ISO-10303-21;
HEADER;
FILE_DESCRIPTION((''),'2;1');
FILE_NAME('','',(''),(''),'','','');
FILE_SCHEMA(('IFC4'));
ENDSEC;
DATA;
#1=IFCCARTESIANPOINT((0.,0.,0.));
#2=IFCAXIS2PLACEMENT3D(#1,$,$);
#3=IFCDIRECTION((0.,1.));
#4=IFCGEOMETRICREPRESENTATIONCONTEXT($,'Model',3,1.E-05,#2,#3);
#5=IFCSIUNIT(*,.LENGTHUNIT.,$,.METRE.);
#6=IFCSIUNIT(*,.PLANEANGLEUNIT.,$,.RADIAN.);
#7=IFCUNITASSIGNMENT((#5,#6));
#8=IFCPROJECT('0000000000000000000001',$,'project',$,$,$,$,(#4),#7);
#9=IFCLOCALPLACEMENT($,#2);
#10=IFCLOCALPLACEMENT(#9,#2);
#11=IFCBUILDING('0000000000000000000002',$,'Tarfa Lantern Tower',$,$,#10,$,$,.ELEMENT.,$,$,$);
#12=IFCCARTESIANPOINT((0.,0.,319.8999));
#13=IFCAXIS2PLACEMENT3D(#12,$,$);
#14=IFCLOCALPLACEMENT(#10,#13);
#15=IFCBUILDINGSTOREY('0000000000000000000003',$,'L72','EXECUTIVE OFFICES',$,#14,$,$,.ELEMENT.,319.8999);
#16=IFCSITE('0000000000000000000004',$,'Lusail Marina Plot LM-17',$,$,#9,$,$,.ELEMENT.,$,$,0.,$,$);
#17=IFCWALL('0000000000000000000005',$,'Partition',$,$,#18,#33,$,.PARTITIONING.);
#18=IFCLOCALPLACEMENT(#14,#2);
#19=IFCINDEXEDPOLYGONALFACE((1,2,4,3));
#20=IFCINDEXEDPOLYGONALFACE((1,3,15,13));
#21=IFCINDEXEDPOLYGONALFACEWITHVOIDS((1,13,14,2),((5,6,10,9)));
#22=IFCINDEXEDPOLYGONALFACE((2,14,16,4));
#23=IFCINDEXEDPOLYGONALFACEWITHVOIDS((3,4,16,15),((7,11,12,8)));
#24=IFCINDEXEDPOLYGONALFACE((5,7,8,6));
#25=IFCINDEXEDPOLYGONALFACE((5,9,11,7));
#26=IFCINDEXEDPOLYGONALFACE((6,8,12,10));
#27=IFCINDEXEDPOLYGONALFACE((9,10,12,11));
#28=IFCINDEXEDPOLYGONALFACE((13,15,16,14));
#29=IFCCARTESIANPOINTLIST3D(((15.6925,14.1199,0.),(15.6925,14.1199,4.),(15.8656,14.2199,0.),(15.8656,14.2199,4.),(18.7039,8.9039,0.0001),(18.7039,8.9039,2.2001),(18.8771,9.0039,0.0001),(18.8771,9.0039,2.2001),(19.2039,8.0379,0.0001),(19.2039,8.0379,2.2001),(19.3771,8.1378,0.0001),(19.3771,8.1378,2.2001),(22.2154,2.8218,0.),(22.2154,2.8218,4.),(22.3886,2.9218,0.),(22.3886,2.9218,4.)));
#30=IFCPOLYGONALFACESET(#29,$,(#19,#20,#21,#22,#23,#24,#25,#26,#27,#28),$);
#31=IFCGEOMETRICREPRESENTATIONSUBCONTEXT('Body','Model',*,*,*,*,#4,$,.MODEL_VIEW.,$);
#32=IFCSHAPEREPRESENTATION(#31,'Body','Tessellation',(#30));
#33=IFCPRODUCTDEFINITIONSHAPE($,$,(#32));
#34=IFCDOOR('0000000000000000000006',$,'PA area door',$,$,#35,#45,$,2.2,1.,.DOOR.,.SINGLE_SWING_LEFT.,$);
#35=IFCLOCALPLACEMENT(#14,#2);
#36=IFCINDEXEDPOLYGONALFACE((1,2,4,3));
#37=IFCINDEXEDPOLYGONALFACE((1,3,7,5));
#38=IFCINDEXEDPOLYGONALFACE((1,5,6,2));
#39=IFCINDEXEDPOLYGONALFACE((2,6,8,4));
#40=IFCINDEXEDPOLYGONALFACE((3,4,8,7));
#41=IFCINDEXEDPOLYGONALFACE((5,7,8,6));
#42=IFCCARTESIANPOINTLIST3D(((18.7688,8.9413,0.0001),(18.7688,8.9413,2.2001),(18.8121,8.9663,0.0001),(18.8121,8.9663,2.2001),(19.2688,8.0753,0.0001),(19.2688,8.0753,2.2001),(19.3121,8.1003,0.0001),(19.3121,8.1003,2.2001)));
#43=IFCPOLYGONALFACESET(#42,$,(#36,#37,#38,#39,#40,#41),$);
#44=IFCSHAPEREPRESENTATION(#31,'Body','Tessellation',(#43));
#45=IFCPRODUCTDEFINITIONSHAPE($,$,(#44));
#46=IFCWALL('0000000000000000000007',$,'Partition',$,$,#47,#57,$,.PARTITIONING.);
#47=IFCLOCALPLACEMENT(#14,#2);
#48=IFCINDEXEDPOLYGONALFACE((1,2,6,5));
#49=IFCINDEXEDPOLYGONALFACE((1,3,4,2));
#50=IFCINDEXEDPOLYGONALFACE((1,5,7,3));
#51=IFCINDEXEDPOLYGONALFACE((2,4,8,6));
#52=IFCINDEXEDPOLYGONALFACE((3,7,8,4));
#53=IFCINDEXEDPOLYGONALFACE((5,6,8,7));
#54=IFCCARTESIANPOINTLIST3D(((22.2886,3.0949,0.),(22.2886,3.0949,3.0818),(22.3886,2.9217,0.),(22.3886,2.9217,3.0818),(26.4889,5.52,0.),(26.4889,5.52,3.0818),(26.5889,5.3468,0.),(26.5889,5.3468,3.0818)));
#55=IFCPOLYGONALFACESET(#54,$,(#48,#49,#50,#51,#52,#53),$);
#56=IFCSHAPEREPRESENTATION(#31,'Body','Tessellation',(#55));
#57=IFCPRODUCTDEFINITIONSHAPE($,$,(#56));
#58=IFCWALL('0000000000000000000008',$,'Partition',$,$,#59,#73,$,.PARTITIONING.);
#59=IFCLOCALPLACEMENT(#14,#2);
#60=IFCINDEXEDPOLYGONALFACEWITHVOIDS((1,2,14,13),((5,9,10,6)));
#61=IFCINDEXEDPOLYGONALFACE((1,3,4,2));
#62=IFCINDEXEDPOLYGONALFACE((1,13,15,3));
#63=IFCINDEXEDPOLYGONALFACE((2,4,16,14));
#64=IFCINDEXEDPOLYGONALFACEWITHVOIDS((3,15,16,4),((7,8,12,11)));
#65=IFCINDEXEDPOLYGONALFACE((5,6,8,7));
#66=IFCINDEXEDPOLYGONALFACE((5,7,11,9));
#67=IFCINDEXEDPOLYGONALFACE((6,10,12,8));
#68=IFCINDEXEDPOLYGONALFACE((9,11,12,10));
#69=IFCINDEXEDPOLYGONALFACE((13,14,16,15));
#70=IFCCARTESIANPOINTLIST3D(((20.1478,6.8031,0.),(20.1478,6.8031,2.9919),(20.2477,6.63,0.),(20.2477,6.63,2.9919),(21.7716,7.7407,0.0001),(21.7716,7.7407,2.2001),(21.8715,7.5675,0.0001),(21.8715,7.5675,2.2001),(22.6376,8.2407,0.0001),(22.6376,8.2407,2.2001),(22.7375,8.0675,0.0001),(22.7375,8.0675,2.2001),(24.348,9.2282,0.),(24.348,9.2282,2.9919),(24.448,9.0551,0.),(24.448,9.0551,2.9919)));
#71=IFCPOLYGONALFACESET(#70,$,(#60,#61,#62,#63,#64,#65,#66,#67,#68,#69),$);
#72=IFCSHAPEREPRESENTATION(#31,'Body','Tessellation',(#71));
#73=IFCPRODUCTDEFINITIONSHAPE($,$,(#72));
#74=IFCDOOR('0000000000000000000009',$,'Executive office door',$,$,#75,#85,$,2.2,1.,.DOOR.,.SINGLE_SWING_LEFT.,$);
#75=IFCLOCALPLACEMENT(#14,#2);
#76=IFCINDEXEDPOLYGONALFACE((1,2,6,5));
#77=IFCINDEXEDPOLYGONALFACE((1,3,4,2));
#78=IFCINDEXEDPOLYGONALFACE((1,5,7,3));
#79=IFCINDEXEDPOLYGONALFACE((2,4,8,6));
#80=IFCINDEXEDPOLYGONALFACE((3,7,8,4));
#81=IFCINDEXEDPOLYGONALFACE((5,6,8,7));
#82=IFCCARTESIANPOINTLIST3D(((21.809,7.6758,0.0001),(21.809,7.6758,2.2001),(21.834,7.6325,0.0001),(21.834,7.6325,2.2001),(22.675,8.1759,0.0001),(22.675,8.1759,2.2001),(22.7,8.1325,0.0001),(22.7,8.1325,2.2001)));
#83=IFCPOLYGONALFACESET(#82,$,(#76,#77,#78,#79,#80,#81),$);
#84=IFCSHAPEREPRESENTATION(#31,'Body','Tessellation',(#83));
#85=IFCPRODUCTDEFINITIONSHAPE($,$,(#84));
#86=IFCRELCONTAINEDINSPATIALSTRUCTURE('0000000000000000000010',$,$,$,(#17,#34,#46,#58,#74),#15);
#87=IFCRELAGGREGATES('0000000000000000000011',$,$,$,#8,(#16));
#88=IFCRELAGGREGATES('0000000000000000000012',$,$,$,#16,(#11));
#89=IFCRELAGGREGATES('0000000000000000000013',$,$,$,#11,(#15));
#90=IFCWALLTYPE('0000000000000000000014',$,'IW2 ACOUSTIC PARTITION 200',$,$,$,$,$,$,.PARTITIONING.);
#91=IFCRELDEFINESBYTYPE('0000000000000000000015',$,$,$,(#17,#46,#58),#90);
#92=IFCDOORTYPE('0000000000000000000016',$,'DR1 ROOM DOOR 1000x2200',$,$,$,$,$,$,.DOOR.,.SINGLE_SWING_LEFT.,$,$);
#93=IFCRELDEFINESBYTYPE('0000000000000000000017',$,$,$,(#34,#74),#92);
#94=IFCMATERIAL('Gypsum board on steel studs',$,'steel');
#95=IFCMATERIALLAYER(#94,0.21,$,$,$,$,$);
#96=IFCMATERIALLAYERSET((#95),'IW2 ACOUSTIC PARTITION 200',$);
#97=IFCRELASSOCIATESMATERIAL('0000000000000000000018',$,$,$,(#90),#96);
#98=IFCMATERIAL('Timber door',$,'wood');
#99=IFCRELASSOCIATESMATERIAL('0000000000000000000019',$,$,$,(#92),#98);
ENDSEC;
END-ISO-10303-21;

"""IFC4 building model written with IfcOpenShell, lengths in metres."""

from ifc_helpers import new_model, si_unit, direction, frame, frame_2d, origin, place, context, subcontext, project, spatial, rectangle, extrude, material, layer, layer_set, type_object, element, fill, save


model = new_model("IFC4")

# Units and contexts
model_context = context("Model", 3, precision=1e-05, world=origin(), true_north=direction((0.0, 1.0)))
body_context = subcontext(model_context, "Body", "Model", "MODEL_VIEW")
ifc_project = project(units=[si_unit("LENGTHUNIT", "METRE"), si_unit("PLANEANGLEUNIT", "RADIAN")], contexts=[model_context])

# Site, building, storey
site_placement = place(None, origin())
site = spatial("IfcSite", under=ifc_project, at=site_placement, Name="Lusail Marina Plot LM-17", CompositionType="ELEMENT", RefElevation=0.0)
building_placement = place(site_placement, origin())
building = spatial("IfcBuilding", under=site, at=building_placement, Name="Tarfa Lantern Tower", CompositionType="ELEMENT")
storey_placement = place(building_placement, frame((0.0, 0.0, 319.8999)))
storey = spatial("IfcBuildingStorey", under=building, at=storey_placement, Name="L72", Description="EXECUTIVE OFFICES", CompositionType="ELEMENT", Elevation=319.8999)

# Wall, opening, door
ifc_material_1 = material(Name="Gypsum board on steel studs", Category="steel")
ifc_layer_1 = layer(ifc_material_1, 0.21)
ifc_layer_set_1 = layer_set([ifc_layer_1], Name="IW2 ACOUSTIC PARTITION 200")
wall_type = type_object("IfcWallType", Name="IW2 ACOUSTIC PARTITION 200", PredefinedType="PARTITIONING", material=ifc_layer_set_1)
wall_1_placement = place(storey_placement, frame((22.302, 2.8718, 0.0), z_axis=(0.0, 0.0, 1.0), x_axis=(-0.499999, 0.866026, 0.0)))
wall_1 = element("IfcWall", 1, at=wall_1_placement, inside=storey, type_object=wall_type, Name="Partition", PredefinedType="PARTITIONING", context=body_context, shape_type="SweptSolid", body=[
    extrude(rectangle(XDim=13.0459, YDim=0.2, at=frame_2d((6.5229, 0.0))), origin(), (0.0, 0.0, 1.0), 4.0),
])
opening_1_placement = place(wall_1_placement, frame((6.0229, 0.0, 0.0)))
opening_1 = element("IfcOpeningElement", 2, at=opening_1_placement, cuts=wall_1, PredefinedType="OPENING", context=body_context, shape_type="SweptSolid", body=[
    extrude(rectangle(XDim=1.0, YDim=2.2, at=frame_2d((0.5, 1.1001))), frame((0.0, 0.1099, 0.0), z_axis=(0.0, -1.0, 0.0), x_axis=(1.0, 0.0, 0.0)), (0.0, 0.0, 1.0), 0.22),
])
ifc_material_2 = material(Name="Timber door", Category="wood")
door_type = type_object("IfcDoorType", Name="DR1 ROOM DOOR 1000x2200", OperationType="SINGLE_SWING_LEFT", PredefinedType="DOOR", material=ifc_material_2)
door_1_placement = place(opening_1_placement, frame((1.0, 0.0, 0.0), z_axis=(0.0, 0.0, 1.0), x_axis=(-1.0, 0.0, 0.0)))
door_1 = element("IfcDoor", 3, at=door_1_placement, inside=storey, type_object=door_type, Name="PA area door", OperationType="SINGLE_SWING_LEFT", OverallHeight=2.2, OverallWidth=1.0, PredefinedType="DOOR", context=body_context, shape_type="SweptSolid", body=[
    extrude(rectangle(XDim=1.0, YDim=2.2, at=frame_2d((0.5, 1.1001))), frame((0.0, 0.0249, 0.0), z_axis=(0.0, -1.0, 0.0), x_axis=(1.0, 0.0, 0.0)), (0.0, 0.0, 1.0), 0.05),
])
fill(opening_1, door_1)

# Wall
wall_2_placement = place(storey_placement, frame((22.3386, 3.0083, 0.0), z_axis=(0.0, 0.0, 1.0), x_axis=(0.86602, 0.50001, 0.0)))
element("IfcWall", 4, at=wall_2_placement, inside=storey, type_object=wall_type, Name="Partition", PredefinedType="PARTITIONING", context=body_context, shape_type="SweptSolid", body=[
    extrude(rectangle(XDim=4.8501, YDim=0.2, at=frame_2d((2.425, 0.0))), origin(), (0.0, 0.0, 1.0), 3.0818),
])

# Wall, opening, door
wall_3_placement = place(storey_placement, frame((20.1978, 6.7166, 0.0), z_axis=(0.0, 0.0, 1.0), x_axis=(0.86602, 0.50001, 0.0)))
wall_3 = element("IfcWall", 5, at=wall_3_placement, inside=storey, type_object=wall_type, Name="Partition", PredefinedType="PARTITIONING", context=body_context, shape_type="SweptSolid", body=[
    extrude(rectangle(XDim=4.8501, YDim=0.2, at=frame_2d((2.425, 0.0))), origin(), (0.0, 0.0, 1.0), 2.9919),
])
opening_2_placement = place(wall_3_placement, frame((1.875, 0.0, 0.0)))
opening_2 = element("IfcOpeningElement", 6, at=opening_2_placement, cuts=wall_3, PredefinedType="OPENING", context=body_context, shape_type="SweptSolid", body=[
    extrude(rectangle(XDim=1.0, YDim=2.2, at=frame_2d((0.5, 1.1001))), frame((0.0, 0.1099, 0.0), z_axis=(0.0, -1.0, 0.0), x_axis=(1.0, 0.0, 0.0)), (0.0, 0.0, 1.0), 0.22),
])
door_2_placement = place(opening_2_placement, frame((1.0, 0.0, 0.0), z_axis=(0.0, 0.0, 1.0), x_axis=(-1.0, 0.0, 0.0)))
door_2 = element("IfcDoor", 7, at=door_2_placement, inside=storey, type_object=door_type, Name="Executive office door", OperationType="SINGLE_SWING_LEFT", OverallHeight=2.2, OverallWidth=1.0, PredefinedType="DOOR", context=body_context, shape_type="SweptSolid", body=[
    extrude(rectangle(XDim=1.0, YDim=2.2, at=frame_2d((0.5, 1.1001))), frame((0.0, 0.0249, 0.0), z_axis=(0.0, -1.0, 0.0), x_axis=(1.0, 0.0, 0.0)), (0.0, 0.0, 1.0), 0.05),
])
fill(opening_2, door_2)

save(model, "model.ifc")
